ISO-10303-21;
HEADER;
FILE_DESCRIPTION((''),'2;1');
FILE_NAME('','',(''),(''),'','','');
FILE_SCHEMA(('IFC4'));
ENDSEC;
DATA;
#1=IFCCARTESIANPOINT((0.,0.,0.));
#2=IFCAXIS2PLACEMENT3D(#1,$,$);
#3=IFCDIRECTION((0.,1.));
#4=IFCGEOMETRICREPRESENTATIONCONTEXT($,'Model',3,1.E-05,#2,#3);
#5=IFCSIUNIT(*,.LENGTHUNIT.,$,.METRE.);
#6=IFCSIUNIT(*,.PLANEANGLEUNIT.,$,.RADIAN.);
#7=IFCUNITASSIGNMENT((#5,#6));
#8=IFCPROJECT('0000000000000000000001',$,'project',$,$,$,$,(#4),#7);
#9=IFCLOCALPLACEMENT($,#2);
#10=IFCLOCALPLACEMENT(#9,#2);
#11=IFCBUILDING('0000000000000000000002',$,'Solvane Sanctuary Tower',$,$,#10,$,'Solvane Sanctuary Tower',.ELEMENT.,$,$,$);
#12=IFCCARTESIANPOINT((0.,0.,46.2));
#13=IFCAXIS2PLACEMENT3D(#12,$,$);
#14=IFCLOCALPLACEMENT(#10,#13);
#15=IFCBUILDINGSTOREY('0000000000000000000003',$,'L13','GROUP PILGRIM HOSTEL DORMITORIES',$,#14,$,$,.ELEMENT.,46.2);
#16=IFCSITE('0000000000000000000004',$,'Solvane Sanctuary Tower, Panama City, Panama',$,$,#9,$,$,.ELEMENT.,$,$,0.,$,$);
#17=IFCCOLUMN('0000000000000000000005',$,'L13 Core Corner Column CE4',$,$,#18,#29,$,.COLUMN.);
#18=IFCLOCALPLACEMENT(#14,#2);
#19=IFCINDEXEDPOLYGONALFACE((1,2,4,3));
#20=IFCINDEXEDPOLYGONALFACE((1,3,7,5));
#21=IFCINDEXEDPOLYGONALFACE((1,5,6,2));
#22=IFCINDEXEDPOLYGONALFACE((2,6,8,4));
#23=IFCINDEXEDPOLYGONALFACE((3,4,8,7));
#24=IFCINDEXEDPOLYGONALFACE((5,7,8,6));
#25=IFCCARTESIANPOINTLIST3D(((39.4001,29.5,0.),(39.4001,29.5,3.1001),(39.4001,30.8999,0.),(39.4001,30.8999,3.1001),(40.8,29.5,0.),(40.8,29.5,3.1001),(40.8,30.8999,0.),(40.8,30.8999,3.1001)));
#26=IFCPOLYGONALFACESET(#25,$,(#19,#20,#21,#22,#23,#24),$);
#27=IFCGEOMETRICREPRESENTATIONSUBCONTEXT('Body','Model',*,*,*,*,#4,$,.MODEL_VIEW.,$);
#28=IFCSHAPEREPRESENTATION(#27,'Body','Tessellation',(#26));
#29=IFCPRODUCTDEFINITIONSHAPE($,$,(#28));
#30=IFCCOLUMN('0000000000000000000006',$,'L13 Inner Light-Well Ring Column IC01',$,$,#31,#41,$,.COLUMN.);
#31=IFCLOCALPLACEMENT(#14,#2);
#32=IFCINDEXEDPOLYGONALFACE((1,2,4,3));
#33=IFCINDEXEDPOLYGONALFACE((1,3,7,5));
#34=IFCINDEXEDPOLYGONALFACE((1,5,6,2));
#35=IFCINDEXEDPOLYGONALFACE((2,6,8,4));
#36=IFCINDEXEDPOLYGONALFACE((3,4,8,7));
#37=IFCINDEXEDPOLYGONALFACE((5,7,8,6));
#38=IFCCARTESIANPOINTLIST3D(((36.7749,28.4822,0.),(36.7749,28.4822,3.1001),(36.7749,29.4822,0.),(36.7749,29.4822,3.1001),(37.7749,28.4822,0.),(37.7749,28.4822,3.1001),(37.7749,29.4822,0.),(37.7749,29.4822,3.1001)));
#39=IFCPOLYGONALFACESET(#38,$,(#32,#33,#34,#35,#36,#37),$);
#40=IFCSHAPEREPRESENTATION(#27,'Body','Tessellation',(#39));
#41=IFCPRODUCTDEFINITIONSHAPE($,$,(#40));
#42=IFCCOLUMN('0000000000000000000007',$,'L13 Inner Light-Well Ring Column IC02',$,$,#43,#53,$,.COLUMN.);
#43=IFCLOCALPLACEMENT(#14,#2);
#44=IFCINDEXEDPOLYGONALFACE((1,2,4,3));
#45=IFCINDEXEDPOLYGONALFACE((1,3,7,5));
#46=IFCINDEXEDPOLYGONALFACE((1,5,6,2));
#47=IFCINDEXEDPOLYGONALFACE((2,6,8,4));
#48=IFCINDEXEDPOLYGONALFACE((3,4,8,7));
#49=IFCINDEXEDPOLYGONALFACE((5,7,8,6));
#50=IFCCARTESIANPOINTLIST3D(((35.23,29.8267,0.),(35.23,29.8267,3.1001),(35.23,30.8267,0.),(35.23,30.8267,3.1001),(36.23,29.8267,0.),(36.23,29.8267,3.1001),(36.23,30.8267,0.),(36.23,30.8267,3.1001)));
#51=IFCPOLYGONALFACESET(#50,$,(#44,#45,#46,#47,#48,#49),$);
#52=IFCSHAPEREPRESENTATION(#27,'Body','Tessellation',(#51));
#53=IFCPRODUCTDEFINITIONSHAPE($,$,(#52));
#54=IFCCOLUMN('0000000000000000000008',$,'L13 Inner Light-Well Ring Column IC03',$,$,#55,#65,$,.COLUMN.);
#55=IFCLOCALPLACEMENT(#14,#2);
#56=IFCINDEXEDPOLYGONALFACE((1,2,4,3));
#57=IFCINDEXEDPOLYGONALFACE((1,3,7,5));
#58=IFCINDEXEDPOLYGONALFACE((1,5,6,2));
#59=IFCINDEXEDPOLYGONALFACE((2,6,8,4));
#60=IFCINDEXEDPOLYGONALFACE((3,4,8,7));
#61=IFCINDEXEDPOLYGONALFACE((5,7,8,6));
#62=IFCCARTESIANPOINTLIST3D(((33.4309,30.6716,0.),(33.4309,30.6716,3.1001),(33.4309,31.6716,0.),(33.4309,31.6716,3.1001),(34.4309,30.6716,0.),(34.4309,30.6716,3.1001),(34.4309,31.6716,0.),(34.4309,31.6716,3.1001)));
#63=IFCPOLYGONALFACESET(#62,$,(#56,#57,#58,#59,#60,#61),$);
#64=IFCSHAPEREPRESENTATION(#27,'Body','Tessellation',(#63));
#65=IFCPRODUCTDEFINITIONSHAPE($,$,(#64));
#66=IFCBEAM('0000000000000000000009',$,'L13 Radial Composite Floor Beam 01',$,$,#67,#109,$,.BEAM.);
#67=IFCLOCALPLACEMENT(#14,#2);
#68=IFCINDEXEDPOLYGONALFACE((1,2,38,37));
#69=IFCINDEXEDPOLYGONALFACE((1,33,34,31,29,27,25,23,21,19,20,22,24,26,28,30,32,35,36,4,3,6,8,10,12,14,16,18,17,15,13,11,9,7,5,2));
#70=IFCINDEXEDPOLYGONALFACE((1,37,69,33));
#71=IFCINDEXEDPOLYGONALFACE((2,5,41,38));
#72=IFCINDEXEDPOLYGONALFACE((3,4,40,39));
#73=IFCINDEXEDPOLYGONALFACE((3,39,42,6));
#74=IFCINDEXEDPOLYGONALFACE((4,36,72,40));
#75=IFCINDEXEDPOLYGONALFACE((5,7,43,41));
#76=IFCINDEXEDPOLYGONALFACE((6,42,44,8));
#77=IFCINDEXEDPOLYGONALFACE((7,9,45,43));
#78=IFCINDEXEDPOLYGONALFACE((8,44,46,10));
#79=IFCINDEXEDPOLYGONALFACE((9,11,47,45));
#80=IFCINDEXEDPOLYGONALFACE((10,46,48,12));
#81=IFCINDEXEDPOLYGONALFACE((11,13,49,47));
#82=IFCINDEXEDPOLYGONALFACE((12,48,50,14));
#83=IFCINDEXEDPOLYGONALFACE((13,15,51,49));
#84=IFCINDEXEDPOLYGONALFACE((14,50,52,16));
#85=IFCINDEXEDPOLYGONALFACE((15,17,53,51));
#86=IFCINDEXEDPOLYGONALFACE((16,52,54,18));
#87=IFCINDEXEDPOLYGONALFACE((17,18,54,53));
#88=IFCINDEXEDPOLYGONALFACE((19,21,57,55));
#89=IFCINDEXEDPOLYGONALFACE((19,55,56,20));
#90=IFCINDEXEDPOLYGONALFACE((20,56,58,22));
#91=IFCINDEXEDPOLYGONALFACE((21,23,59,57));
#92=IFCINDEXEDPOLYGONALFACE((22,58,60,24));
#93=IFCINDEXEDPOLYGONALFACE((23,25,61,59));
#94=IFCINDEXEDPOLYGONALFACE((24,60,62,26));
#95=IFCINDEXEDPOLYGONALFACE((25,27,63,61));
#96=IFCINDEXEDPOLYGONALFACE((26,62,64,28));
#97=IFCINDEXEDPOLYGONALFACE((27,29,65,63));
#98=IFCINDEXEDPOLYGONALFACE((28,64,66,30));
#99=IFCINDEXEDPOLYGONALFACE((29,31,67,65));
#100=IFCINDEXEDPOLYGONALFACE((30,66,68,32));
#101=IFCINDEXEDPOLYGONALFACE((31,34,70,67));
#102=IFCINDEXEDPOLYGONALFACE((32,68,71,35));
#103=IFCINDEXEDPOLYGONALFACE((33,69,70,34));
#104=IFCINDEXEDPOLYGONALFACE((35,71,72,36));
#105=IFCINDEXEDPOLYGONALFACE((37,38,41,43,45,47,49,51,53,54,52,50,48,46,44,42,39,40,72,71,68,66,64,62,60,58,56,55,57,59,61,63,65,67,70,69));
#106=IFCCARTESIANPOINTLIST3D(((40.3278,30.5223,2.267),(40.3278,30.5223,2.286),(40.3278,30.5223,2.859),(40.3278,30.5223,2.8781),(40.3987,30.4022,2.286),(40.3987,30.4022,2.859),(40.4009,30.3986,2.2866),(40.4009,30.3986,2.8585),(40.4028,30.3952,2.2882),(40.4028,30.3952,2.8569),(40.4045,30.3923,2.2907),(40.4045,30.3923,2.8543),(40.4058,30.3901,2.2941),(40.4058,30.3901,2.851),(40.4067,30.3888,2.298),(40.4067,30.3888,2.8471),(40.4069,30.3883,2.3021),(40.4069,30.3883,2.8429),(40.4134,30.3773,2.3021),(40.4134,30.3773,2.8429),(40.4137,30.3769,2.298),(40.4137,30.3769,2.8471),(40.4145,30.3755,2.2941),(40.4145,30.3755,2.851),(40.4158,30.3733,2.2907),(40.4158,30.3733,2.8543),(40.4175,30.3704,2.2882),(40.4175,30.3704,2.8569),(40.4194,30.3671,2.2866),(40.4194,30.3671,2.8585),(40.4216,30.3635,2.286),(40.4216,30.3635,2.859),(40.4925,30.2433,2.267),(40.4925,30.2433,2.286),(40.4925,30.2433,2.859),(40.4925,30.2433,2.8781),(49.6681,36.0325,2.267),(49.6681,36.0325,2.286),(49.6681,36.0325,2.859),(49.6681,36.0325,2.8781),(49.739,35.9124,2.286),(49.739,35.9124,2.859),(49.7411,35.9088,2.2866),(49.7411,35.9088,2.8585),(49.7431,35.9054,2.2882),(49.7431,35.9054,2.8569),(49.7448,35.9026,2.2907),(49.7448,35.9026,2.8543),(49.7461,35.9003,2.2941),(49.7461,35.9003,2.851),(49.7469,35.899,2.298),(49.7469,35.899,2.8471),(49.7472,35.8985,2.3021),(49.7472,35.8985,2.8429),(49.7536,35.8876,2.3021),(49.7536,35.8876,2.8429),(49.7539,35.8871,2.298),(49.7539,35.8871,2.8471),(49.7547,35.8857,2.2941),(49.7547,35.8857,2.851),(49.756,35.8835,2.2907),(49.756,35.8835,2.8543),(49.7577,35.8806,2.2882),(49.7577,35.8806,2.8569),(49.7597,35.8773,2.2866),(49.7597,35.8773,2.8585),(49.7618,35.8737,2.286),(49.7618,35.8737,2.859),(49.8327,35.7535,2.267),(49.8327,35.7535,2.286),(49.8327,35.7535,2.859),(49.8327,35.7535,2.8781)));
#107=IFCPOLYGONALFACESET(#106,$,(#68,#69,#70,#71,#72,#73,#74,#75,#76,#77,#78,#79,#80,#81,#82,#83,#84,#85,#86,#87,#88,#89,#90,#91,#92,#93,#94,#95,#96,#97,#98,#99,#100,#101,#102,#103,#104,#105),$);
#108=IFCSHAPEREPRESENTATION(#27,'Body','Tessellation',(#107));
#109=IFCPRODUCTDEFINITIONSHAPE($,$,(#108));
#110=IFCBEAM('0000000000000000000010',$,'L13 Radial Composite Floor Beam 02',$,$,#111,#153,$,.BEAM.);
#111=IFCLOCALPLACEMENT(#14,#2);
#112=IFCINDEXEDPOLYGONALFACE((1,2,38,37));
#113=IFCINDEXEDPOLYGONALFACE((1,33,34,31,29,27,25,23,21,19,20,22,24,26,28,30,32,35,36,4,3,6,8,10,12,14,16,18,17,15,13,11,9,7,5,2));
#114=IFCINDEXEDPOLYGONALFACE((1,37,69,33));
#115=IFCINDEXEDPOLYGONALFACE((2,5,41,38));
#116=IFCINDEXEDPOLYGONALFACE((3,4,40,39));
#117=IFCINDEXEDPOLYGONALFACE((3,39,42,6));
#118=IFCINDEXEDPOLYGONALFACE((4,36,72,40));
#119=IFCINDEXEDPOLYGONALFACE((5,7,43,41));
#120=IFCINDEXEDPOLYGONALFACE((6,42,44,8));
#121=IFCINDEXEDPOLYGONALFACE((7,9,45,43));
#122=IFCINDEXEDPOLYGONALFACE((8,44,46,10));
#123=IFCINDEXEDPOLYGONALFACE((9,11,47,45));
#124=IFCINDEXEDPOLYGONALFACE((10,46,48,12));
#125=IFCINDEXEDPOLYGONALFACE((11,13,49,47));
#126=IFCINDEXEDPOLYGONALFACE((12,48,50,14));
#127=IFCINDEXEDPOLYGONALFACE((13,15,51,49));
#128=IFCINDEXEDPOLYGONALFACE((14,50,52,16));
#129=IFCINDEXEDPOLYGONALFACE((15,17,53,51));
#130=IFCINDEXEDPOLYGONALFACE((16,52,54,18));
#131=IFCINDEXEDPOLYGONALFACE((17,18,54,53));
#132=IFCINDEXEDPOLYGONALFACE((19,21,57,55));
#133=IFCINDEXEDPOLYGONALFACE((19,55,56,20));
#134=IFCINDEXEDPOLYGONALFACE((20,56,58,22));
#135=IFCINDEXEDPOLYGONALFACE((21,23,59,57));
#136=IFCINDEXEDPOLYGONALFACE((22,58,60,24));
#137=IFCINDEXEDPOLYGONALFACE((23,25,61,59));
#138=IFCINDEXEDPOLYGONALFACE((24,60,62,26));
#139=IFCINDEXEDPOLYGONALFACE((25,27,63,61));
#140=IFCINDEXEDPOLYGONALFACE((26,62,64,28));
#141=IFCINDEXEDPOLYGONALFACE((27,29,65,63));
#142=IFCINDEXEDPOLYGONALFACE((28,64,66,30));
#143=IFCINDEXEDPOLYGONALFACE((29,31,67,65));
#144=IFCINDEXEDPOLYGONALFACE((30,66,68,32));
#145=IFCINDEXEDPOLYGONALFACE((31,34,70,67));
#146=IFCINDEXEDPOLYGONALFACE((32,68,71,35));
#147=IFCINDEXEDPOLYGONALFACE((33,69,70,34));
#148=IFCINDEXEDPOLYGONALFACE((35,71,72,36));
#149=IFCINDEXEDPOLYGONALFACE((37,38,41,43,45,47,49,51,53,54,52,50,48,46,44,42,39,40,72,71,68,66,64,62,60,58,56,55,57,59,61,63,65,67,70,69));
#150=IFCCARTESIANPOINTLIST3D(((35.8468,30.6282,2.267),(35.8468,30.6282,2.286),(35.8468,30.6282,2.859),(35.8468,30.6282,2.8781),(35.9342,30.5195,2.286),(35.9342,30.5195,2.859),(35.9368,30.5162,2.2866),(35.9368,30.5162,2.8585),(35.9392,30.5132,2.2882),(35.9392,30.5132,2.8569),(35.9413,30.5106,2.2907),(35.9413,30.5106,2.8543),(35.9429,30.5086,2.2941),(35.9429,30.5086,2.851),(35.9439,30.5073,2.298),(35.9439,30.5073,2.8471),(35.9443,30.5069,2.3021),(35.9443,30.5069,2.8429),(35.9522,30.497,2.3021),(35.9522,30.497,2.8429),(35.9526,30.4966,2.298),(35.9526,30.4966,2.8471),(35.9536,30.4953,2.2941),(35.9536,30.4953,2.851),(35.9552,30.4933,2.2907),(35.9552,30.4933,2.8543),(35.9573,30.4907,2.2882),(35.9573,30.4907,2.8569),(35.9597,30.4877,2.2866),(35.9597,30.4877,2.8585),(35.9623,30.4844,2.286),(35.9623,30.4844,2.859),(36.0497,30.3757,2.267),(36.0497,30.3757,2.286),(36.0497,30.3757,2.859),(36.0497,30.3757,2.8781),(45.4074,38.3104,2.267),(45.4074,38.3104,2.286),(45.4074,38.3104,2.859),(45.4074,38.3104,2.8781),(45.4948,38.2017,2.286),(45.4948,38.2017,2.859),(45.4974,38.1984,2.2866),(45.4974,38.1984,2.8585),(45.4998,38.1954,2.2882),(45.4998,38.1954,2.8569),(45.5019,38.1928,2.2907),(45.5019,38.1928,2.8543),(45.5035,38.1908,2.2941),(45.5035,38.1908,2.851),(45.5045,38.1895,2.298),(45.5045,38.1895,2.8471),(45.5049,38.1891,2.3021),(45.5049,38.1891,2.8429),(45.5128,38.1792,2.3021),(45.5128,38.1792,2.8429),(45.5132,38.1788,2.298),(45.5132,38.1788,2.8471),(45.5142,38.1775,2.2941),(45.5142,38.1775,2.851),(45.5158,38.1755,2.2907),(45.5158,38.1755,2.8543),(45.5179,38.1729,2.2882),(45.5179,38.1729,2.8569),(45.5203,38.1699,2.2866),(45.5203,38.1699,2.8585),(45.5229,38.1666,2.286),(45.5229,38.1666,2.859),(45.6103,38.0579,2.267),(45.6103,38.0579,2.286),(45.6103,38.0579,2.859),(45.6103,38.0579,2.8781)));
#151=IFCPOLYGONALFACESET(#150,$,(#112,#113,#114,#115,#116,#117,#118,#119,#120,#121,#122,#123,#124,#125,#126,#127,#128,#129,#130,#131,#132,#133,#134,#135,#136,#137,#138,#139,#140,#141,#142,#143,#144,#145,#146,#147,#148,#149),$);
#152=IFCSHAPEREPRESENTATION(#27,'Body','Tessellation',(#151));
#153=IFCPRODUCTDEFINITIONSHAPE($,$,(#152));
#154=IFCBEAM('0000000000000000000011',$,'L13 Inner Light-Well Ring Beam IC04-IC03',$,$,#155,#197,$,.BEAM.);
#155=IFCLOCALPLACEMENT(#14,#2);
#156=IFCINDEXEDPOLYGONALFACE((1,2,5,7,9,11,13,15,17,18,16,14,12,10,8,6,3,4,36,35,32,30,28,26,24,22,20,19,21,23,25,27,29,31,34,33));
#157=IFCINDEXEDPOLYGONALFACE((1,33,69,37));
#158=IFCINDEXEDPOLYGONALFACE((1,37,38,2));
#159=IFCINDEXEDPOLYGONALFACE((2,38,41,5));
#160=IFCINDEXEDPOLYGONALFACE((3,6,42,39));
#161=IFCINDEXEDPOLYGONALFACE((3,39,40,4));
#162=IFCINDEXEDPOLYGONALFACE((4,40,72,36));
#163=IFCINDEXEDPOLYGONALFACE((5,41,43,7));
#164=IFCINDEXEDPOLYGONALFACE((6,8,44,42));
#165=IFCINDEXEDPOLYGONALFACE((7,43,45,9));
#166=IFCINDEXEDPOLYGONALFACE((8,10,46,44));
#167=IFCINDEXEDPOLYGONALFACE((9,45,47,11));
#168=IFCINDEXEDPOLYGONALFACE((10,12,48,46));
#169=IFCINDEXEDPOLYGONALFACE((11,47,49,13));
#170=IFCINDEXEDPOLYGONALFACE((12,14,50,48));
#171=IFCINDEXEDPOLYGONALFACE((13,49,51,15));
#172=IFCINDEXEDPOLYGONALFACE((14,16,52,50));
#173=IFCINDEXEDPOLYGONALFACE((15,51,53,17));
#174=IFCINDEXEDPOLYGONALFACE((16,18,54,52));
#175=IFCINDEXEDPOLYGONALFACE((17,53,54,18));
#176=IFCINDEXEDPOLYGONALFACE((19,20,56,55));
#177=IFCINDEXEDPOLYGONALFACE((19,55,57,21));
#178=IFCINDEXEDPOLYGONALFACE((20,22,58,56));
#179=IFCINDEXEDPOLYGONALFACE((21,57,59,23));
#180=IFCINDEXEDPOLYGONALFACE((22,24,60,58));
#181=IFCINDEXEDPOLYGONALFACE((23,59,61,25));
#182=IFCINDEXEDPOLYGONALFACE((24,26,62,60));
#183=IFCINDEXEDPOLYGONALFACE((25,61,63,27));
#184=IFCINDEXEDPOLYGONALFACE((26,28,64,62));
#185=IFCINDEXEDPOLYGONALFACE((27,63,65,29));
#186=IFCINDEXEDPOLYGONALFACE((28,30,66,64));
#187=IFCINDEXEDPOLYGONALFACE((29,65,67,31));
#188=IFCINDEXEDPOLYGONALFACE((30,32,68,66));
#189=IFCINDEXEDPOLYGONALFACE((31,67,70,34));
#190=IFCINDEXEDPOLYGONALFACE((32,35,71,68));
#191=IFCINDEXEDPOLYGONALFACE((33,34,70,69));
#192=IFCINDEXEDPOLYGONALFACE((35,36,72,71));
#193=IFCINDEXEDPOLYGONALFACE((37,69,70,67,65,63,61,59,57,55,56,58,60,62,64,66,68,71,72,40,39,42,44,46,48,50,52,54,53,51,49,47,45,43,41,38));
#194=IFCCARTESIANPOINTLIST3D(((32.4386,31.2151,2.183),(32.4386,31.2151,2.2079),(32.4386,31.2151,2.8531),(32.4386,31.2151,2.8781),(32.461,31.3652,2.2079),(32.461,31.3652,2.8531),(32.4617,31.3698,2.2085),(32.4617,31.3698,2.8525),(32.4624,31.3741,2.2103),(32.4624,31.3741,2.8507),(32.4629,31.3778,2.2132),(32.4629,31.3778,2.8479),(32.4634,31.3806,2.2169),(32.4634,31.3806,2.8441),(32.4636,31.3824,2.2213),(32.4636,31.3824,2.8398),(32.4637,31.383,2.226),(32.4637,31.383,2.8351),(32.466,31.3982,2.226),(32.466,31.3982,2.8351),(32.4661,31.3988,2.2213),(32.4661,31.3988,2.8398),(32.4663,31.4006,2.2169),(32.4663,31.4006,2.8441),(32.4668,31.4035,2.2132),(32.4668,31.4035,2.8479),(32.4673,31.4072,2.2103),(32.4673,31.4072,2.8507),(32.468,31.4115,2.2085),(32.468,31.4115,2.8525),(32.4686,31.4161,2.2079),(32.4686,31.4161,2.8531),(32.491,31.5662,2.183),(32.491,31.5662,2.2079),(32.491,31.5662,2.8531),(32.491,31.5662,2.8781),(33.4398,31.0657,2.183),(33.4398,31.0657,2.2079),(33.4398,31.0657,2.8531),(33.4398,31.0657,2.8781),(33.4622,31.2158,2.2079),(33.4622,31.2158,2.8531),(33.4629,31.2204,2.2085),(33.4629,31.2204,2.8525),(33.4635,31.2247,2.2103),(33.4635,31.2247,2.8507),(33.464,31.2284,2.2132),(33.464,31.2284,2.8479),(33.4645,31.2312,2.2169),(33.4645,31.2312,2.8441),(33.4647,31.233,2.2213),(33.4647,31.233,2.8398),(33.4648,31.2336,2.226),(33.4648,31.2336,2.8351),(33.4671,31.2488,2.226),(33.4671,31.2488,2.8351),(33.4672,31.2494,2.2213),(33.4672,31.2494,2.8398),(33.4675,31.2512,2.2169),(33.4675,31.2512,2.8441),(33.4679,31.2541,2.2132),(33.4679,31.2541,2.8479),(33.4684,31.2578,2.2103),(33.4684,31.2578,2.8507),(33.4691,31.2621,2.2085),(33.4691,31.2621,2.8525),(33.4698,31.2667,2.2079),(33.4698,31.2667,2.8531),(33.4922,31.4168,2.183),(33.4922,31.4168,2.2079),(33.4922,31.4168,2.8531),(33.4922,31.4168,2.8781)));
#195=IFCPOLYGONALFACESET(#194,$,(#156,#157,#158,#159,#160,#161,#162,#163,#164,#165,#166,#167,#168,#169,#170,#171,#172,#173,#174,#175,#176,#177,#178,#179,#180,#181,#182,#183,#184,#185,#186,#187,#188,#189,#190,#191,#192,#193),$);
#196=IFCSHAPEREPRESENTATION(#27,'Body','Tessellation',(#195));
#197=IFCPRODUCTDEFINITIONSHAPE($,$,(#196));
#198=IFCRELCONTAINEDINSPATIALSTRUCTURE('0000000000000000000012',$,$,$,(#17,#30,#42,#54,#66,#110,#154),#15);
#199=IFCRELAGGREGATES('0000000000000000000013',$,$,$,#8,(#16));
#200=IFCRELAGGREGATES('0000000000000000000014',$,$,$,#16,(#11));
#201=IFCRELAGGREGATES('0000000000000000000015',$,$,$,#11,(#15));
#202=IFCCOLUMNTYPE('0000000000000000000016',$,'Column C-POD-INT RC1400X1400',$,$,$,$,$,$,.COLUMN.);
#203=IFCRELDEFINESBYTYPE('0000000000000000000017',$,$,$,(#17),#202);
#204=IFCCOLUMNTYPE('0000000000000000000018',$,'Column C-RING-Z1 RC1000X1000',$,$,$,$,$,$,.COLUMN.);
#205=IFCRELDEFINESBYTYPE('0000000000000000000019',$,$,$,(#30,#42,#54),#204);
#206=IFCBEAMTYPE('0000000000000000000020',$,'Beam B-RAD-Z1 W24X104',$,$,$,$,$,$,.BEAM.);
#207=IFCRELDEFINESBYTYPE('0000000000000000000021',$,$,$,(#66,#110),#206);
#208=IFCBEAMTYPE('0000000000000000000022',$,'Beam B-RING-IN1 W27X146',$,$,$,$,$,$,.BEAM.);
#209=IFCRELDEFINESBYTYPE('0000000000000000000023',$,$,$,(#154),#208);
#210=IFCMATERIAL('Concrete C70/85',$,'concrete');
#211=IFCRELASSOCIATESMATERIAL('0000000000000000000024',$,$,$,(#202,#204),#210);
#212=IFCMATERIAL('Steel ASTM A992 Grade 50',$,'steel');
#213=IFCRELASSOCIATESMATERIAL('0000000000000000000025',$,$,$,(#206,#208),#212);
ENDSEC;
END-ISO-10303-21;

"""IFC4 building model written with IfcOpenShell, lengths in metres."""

from ifc_helpers import new_model, si_unit, direction, frame, origin, origin_2d, place, context, subcontext, project, spatial, rectangle, i_section, extrude, material, material_profile, profile_set, type_object, element, save


model = new_model("IFC4")

# Units and contexts
model_context = context("Model", 3, precision=1e-05, world=origin(), true_north=direction((0.0, 1.0)))
body_context = subcontext(model_context, "Body", "Model", "MODEL_VIEW")
ifc_project = project(units=[si_unit("LENGTHUNIT", "METRE"), si_unit("PLANEANGLEUNIT", "RADIAN")], contexts=[model_context])

# Site, building, storey
site_placement = place(None, origin())
site = spatial("IfcSite", under=ifc_project, at=site_placement, Name="Solvane Sanctuary Tower, Panama City, Panama", CompositionType="ELEMENT", RefElevation=0.0)
building_placement = place(site_placement, origin())
building = spatial("IfcBuilding", under=site, at=building_placement, Name="Solvane Sanctuary Tower", LongName="Solvane Sanctuary Tower", CompositionType="ELEMENT")
storey_placement = place(building_placement, frame((0.0, 0.0, 46.2)))
storey = spatial("IfcBuildingStorey", under=building, at=storey_placement, Name="L13", Description="GROUP PILGRIM HOSTEL DORMITORIES", CompositionType="ELEMENT", Elevation=46.2)

# Columns
ifc_material_1 = material(Name="Concrete C70/85", Category="concrete")
ifc_material_profile_1 = material_profile(ifc_material_1, rectangle(XDim=1.3999, YDim=1.3999, at=origin_2d()), Name="RC1400X1400")
ifc_profile_set_1 = profile_set([ifc_material_profile_1], Name="Concrete C70/85")
column_type_1 = type_object("IfcColumnType", Name="Column C-POD-INT RC1400X1400", PredefinedType="COLUMN", material=ifc_profile_set_1)
column_placement = place(storey_placement, frame((40.1001, 30.2, 0.0), z_axis=(0.0, 0.0, 1.0), x_axis=(1.0, 0.0, 0.0)))
element("IfcColumn", 1, at=column_placement, inside=storey, type_object=column_type_1, Name="L13 Core Corner Column CE4", PredefinedType="COLUMN", context=body_context, shape_type="SweptSolid", body=[
    extrude(rectangle(XDim=1.3999, YDim=1.3999, at=origin_2d()), origin(), (0.0, 0.0, 1.0), 3.1001),
])
ifc_material_profile_2 = material_profile(ifc_material_1, rectangle(XDim=1.0, YDim=1.0, at=origin_2d()), Name="RC1000X1000")
ifc_profile_set_2 = profile_set([ifc_material_profile_2], Name="Concrete C70/85")
column_type_2 = type_object("IfcColumnType", Name="Column C-RING-Z1 RC1000X1000", PredefinedType="COLUMN", material=ifc_profile_set_2)
for number, where, z_axis, x_axis, name in (
    (2, (37.2749, 28.9822, 0.0), (0.0, 0.0, 1.0), (1.0, 0.0, 0.0), "L13 Inner Light-Well Ring Column IC01"),
    (3, (35.73, 30.3267, 0.0), (0.0, 0.0, 1.0), (1.0, 0.0, 0.0), "L13 Inner Light-Well Ring Column IC02"),
    (4, (33.9309, 31.1716, 0.0), (0.0, 0.0, 1.0), (1.0, 0.0, 0.0), "L13 Inner Light-Well Ring Column IC03"),
):
    element("IfcColumn", number, at=place(storey_placement, frame(where, z_axis=z_axis, x_axis=x_axis)), inside=storey, type_object=column_type_2, Name=name, PredefinedType="COLUMN", context=body_context, shape_type="SweptSolid", body=[
        extrude(rectangle(XDim=1.0, YDim=1.0, at=origin_2d()), origin(), (0.0, 0.0, 1.0), 3.1001),
    ])

# Beams
ifc_material_2 = material(Name="Steel ASTM A992 Grade 50", Category="steel")
ifc_material_profile_3 = material_profile(ifc_material_2, i_section(OverallWidth=0.324, OverallDepth=0.6111, WebThickness=0.0127, FlangeThickness=0.019, FilletRadius=0.0161, at=origin_2d()), Name="W24X104")
ifc_profile_set_3 = profile_set([ifc_material_profile_3], Name="Steel ASTM A992 Grade 50")
beam_type_1 = type_object("IfcBeamType", Name="Beam B-RAD-Z1 W24X104", PredefinedType="BEAM", material=ifc_profile_set_3)
beam_1_placement = place(storey_placement, frame((40.4102, 30.3828, 2.5725), z_axis=(0.861291, 0.508112, 0.0), x_axis=(-0.508112, 0.861291, 0.0)))
element("IfcBeam", 5, at=beam_1_placement, inside=storey, type_object=beam_type_1, Name="L13 Radial Composite Floor Beam 01", PredefinedType="BEAM", context=body_context, shape_type="SweptSolid", body=[
    extrude(i_section(OverallWidth=0.324, OverallDepth=0.6111, WebThickness=0.0127, FlangeThickness=0.019, FilletRadius=0.0161, at=origin_2d()), origin(), (0.0, 0.0, 1.0), 10.8445),
])
beam_2_placement = place(storey_placement, frame((35.9482, 30.502, 2.5725), z_axis=(0.779527, 0.626369, 0.0), x_axis=(-0.626369, 0.779527, 0.0)))
element("IfcBeam", 6, at=beam_2_placement, inside=storey, type_object=beam_type_1, Name="L13 Radial Composite Floor Beam 02", PredefinedType="BEAM", context=body_context, shape_type="SweptSolid", body=[
    extrude(i_section(OverallWidth=0.324, OverallDepth=0.6111, WebThickness=0.0127, FlangeThickness=0.019, FilletRadius=0.0161, at=origin_2d()), origin(), (0.0, 0.0, 1.0), 12.2646),
])
ifc_material_profile_4 = material_profile(ifc_material_2, i_section(OverallWidth=0.355, OverallDepth=0.6951, WebThickness=0.0154, FlangeThickness=0.0249, FilletRadius=0.0181, at=origin_2d()), Name="W27X146")
ifc_profile_set_4 = profile_set([ifc_material_profile_4], Name="Steel ASTM A992 Grade 50")
beam_type_2 = type_object("IfcBeamType", Name="Beam B-RING-IN1 W27X146", PredefinedType="BEAM", material=ifc_profile_set_4)
beam_3_placement = place(storey_placement, frame((32.4648, 31.3906, 2.5305), z_axis=(0.989048, -0.147597, 0.0), x_axis=(0.147597, 0.989048, 0.0)))
element("IfcBeam", 7, at=beam_3_placement, inside=storey, type_object=beam_type_2, Name="L13 Inner Light-Well Ring Beam IC04-IC03", PredefinedType="BEAM", context=body_context, shape_type="SweptSolid", body=[
    extrude(i_section(OverallWidth=0.355, OverallDepth=0.6951, WebThickness=0.0154, FlangeThickness=0.0249, FilletRadius=0.0181, at=origin_2d()), origin(), (0.0, 0.0, 1.0), 1.0122),
])

save(model, "model.ifc")
